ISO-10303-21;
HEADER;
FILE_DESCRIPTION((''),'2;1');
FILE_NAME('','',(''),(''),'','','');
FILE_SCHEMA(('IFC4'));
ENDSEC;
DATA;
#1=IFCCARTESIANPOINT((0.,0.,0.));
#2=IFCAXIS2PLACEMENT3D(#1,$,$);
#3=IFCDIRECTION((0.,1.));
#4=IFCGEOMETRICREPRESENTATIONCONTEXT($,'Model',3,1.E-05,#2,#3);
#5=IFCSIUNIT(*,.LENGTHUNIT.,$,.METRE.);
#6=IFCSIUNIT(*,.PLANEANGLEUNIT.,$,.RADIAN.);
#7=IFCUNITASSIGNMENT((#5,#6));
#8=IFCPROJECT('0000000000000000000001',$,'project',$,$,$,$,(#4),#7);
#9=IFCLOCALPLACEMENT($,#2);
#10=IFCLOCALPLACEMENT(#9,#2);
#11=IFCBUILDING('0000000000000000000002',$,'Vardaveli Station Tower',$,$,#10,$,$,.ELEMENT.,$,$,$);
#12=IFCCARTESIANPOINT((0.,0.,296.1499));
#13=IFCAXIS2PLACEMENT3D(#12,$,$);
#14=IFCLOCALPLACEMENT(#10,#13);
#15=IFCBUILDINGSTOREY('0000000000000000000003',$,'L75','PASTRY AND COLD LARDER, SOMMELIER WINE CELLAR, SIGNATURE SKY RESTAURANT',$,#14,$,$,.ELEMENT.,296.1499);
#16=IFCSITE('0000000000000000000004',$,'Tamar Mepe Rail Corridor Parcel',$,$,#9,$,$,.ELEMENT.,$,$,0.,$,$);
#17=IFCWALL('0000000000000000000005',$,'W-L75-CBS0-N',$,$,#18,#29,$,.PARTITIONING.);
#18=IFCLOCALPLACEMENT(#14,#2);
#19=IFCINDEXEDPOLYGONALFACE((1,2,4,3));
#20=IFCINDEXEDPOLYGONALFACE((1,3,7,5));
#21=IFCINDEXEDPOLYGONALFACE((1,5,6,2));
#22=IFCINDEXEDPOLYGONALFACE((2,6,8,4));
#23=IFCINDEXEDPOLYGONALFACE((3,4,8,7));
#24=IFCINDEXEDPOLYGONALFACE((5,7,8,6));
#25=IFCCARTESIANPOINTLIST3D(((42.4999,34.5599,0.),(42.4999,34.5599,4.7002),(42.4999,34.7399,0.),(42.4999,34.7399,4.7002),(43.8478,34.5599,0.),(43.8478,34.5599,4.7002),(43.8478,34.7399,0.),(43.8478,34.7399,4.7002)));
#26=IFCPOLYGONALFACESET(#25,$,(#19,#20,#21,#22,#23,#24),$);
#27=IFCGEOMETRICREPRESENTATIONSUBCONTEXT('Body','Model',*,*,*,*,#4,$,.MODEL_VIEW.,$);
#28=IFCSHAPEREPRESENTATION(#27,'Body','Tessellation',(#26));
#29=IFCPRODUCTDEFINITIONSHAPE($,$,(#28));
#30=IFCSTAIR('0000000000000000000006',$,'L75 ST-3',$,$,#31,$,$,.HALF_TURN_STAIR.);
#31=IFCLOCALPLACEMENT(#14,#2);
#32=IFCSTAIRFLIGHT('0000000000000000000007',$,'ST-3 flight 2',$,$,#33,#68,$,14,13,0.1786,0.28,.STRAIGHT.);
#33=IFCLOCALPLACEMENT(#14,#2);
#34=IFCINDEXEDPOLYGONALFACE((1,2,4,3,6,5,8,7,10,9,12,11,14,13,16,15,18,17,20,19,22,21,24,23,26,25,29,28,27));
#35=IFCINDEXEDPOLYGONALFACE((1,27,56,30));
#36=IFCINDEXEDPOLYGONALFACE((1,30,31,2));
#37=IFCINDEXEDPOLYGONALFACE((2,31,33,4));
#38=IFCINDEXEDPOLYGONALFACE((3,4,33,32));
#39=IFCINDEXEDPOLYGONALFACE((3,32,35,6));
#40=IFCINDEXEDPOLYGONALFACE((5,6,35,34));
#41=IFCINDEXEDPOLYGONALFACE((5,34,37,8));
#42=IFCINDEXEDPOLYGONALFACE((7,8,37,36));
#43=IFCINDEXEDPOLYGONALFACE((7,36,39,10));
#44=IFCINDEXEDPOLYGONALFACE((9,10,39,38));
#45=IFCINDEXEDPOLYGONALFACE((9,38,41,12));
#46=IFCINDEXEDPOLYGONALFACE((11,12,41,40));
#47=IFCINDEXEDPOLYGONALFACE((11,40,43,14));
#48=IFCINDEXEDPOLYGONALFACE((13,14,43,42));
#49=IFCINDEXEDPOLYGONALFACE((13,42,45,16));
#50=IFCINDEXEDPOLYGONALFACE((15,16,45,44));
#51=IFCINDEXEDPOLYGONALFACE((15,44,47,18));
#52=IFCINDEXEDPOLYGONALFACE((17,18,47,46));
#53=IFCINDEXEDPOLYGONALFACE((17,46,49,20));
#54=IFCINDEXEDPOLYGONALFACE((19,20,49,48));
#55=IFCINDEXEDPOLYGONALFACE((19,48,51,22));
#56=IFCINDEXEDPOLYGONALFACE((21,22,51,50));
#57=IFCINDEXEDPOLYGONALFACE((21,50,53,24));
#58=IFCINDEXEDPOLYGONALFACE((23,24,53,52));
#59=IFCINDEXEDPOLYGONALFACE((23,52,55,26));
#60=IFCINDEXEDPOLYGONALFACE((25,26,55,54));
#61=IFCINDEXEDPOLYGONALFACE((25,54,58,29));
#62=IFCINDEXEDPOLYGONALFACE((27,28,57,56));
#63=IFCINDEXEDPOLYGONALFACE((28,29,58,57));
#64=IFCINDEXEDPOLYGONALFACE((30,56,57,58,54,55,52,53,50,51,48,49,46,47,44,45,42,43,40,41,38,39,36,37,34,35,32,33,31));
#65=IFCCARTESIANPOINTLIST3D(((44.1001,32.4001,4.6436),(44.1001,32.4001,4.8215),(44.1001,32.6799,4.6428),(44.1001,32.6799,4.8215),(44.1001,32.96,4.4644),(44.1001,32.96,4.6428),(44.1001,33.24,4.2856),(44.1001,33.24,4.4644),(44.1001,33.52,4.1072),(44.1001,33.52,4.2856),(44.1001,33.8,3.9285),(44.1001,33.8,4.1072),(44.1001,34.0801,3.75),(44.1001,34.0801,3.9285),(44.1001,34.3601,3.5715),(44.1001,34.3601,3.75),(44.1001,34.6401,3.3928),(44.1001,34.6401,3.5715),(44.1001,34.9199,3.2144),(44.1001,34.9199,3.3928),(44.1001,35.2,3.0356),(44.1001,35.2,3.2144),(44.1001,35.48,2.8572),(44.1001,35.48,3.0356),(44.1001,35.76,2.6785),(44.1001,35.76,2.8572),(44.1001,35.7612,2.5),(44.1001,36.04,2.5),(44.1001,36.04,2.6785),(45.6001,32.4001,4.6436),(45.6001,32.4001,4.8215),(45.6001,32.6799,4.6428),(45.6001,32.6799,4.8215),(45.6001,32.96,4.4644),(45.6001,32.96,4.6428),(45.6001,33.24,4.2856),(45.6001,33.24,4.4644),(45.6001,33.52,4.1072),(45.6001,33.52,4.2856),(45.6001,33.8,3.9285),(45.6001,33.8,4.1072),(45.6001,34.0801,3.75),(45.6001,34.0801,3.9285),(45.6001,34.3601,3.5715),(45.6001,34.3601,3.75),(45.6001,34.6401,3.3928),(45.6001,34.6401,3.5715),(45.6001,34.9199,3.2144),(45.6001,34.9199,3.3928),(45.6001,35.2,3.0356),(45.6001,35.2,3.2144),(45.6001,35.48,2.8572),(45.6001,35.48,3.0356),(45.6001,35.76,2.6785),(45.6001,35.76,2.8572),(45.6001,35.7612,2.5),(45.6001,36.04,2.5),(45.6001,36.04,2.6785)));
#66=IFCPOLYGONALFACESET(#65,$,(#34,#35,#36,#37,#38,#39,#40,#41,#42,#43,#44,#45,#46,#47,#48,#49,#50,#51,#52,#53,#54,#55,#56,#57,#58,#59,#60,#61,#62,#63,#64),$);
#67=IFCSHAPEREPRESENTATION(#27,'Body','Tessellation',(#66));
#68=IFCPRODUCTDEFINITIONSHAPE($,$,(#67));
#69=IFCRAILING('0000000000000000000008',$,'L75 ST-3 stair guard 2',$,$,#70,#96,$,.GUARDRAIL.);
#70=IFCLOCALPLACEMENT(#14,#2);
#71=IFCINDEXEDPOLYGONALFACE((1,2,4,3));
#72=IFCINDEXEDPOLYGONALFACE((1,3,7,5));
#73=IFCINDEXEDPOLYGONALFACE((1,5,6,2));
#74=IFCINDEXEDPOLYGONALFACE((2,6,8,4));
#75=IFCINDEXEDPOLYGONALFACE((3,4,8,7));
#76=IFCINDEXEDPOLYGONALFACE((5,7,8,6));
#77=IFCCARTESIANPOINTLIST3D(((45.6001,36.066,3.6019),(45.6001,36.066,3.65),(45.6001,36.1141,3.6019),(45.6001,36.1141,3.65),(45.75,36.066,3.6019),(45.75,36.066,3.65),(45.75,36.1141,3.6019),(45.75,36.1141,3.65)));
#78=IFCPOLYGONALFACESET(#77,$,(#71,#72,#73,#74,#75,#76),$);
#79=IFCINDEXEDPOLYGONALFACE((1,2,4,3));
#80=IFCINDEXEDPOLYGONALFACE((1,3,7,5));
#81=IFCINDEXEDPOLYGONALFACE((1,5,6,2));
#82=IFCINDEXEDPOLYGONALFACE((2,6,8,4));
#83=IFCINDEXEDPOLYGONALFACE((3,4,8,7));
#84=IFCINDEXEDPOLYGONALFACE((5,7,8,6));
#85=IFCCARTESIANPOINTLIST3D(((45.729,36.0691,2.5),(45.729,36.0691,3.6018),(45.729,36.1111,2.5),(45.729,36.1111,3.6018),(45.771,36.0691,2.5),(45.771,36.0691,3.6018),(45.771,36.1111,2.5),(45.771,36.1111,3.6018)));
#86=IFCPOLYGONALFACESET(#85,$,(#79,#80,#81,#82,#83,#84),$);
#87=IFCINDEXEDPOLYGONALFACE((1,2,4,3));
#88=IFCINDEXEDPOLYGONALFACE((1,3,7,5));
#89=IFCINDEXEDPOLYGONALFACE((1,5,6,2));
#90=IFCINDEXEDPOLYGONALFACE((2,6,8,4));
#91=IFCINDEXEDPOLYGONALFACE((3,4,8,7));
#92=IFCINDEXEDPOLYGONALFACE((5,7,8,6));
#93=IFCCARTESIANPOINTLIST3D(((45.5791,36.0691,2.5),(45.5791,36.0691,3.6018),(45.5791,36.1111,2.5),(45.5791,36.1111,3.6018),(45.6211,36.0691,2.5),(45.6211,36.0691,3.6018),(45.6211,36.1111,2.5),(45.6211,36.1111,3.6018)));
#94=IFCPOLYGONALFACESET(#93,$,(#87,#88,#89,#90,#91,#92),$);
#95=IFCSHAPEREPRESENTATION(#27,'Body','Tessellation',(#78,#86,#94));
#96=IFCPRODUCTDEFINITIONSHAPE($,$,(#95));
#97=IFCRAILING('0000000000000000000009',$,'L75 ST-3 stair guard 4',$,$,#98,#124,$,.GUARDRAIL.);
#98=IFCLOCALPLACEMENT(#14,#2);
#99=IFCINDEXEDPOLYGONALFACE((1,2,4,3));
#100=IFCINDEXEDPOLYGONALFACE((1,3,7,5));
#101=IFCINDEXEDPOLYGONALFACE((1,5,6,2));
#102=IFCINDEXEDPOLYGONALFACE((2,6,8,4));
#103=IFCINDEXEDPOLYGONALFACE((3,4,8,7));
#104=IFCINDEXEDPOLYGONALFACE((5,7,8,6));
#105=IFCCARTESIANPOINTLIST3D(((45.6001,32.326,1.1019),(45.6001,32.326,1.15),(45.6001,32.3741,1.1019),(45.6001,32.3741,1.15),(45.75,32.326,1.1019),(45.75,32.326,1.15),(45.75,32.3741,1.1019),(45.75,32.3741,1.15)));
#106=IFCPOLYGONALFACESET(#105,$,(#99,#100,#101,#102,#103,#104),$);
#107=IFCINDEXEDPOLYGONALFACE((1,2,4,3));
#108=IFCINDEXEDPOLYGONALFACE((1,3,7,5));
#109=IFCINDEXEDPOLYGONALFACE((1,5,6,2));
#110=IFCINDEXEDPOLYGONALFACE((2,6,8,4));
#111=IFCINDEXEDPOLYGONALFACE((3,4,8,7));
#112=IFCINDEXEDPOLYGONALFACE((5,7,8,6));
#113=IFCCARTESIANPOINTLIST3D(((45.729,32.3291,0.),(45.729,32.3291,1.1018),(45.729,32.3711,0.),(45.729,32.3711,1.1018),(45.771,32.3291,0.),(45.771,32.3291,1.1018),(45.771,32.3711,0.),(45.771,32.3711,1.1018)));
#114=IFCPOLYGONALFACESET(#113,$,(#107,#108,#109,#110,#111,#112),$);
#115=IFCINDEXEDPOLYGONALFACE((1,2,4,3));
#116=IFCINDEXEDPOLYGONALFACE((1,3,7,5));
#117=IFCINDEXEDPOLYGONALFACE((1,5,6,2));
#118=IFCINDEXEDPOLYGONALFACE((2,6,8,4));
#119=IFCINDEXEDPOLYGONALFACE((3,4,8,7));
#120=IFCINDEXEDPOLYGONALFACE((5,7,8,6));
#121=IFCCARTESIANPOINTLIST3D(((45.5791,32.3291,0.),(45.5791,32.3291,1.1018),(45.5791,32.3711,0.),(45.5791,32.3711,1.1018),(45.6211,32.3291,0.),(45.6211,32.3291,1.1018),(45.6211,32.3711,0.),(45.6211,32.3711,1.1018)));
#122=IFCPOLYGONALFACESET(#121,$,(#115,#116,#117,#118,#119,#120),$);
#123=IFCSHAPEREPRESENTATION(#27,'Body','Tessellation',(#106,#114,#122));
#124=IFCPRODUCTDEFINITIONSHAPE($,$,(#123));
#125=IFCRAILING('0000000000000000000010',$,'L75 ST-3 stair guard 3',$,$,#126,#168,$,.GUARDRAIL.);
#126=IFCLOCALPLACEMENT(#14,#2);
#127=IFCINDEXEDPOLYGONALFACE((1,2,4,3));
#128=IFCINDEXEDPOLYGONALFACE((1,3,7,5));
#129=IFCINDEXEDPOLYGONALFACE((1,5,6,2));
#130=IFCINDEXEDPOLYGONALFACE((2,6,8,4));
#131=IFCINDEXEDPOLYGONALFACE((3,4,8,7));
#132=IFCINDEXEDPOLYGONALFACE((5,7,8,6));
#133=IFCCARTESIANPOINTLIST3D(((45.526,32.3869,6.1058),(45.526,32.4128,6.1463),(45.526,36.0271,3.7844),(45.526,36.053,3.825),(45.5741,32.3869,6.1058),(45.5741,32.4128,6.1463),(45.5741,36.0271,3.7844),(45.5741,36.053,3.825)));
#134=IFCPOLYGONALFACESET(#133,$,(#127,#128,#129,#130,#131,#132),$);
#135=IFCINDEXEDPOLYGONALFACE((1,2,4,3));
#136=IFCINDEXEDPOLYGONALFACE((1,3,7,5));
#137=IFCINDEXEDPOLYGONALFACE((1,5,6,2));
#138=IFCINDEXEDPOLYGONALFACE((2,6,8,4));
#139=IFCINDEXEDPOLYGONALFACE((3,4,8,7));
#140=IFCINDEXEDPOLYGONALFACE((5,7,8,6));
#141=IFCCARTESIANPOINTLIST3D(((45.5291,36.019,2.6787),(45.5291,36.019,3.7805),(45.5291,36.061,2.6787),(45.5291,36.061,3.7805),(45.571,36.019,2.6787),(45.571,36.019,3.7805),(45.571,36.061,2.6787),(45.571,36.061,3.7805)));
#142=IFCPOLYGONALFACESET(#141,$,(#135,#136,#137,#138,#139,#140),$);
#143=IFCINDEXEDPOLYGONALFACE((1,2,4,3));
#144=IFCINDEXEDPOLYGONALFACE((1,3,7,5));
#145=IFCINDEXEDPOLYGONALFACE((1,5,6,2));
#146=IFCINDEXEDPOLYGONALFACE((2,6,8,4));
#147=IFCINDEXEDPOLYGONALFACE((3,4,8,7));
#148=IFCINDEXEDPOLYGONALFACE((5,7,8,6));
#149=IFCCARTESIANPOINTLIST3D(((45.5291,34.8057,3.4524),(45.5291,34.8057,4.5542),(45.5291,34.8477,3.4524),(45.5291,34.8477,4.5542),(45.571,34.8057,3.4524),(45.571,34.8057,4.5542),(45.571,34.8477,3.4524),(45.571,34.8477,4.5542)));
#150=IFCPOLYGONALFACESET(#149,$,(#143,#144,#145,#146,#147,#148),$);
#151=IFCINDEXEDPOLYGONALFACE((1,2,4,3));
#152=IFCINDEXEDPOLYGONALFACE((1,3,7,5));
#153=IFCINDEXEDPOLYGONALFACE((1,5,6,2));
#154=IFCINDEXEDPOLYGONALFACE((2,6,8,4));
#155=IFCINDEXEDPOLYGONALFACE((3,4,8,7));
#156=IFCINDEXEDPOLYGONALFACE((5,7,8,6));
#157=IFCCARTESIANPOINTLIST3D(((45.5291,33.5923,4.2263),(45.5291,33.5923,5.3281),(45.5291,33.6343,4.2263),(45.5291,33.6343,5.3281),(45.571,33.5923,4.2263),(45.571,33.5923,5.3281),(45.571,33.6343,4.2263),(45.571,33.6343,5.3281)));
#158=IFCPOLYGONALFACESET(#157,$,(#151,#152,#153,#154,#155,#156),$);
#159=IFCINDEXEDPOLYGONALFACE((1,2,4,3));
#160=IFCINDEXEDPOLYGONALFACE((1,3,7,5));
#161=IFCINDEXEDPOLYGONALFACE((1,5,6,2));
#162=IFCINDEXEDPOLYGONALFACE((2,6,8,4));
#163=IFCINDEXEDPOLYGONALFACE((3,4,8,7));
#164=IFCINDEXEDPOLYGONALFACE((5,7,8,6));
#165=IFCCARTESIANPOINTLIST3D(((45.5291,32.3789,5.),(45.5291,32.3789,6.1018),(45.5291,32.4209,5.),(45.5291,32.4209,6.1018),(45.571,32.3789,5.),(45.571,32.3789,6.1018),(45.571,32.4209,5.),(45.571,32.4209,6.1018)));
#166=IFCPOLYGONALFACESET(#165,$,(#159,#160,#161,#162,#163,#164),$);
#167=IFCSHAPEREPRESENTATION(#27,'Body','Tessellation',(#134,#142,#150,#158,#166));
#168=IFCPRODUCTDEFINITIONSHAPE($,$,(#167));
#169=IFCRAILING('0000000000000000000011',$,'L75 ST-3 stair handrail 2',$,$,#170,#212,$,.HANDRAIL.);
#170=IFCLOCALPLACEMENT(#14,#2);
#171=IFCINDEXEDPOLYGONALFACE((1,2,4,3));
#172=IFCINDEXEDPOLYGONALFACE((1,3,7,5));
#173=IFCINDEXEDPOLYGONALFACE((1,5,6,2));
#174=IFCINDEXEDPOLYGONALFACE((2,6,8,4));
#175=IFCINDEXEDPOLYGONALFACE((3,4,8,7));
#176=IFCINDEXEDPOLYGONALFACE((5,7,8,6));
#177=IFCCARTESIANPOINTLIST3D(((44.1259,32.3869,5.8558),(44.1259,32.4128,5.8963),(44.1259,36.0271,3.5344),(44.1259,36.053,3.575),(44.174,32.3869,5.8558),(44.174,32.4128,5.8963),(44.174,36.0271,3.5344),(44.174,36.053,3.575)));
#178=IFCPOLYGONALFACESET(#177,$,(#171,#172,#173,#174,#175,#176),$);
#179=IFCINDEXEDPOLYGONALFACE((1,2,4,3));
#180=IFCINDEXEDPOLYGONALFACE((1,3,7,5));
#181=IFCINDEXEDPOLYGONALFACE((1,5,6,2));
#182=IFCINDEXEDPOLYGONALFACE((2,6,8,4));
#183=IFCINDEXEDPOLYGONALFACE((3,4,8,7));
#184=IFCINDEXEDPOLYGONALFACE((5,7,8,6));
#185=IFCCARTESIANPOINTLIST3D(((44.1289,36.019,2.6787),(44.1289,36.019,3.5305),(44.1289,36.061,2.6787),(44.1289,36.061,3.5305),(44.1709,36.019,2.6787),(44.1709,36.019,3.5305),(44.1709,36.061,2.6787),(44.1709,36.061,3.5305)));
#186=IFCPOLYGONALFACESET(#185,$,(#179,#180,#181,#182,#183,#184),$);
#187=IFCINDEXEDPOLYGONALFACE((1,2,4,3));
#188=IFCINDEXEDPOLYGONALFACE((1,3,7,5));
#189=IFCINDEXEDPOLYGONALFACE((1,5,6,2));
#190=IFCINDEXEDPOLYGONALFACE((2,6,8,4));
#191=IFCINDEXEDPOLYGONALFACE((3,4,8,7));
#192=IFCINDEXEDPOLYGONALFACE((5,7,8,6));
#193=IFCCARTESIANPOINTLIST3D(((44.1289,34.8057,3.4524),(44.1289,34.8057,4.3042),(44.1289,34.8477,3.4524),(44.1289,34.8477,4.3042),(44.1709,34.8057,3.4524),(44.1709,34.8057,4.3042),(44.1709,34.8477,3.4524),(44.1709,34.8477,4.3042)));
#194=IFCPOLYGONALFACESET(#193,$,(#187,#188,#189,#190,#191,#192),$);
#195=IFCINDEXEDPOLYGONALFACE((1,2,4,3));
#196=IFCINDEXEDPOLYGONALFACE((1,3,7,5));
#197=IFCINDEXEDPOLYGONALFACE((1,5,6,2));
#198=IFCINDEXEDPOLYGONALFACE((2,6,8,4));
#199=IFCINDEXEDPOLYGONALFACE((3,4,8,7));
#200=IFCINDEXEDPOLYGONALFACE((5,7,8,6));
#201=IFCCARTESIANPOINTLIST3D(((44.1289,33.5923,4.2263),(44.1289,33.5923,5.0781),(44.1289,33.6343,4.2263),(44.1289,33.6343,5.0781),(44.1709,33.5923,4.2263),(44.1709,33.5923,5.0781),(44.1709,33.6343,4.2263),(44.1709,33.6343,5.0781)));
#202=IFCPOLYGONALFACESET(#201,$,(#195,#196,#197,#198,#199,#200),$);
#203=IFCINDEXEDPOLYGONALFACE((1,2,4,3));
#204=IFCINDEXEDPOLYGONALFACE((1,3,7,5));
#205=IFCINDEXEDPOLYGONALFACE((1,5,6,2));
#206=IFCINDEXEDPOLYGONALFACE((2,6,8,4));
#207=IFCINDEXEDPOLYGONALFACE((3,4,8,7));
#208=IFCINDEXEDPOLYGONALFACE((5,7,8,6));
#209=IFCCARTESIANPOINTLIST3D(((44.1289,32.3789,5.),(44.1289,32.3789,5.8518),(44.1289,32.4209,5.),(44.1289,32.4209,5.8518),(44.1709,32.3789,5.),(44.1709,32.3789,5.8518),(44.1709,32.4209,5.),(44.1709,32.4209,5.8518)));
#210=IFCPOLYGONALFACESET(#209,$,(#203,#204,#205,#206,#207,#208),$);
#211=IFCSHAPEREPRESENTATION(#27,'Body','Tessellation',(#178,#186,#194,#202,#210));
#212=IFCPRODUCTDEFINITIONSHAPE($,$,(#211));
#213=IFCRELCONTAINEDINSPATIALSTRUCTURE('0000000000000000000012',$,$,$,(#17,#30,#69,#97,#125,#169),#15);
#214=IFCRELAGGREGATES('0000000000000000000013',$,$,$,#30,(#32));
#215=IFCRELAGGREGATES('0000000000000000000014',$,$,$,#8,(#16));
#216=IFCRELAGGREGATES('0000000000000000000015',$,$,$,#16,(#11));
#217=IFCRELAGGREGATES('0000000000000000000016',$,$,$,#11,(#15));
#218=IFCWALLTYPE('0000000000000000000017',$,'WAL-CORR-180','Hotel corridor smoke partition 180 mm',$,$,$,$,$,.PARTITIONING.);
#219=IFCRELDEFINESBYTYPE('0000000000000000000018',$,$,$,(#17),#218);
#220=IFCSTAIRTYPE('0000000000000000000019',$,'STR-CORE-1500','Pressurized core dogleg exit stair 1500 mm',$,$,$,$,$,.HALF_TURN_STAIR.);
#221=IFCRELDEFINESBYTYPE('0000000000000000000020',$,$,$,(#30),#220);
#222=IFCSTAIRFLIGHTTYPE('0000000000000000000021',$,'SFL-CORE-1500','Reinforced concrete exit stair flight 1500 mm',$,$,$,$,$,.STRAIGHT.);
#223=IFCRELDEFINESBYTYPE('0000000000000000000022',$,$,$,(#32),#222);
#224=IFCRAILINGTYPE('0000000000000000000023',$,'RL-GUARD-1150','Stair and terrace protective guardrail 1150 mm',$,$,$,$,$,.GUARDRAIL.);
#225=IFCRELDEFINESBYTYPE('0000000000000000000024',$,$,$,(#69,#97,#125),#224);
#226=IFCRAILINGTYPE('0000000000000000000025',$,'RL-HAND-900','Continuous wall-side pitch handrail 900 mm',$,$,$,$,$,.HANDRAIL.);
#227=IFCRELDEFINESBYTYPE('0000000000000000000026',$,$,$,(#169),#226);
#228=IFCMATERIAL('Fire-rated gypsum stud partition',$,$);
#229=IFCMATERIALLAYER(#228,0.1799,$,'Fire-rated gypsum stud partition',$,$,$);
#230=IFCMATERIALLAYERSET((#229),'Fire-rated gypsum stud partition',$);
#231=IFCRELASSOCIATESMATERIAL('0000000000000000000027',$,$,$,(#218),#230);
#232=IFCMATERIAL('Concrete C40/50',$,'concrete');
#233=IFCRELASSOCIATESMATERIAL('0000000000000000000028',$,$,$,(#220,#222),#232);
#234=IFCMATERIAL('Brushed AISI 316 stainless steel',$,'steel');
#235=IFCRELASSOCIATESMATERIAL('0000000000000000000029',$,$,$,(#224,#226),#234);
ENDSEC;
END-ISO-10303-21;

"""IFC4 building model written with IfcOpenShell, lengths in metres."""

from ifc_helpers import new_model, si_unit, direction, frame, frame_2d, origin, origin_2d, place, context, subcontext, project, spatial, polyline, rectangle, outline, extrude, source, transform, mapped, material, layer, layer_set, type_object, element, aggregate, save


model = new_model("IFC4")

# Units and contexts
model_context = context("Model", 3, precision=1e-05, world=origin(), true_north=direction((0.0, 1.0)))
body_context = subcontext(model_context, "Body", "Model", "MODEL_VIEW")
ifc_project = project(units=[si_unit("LENGTHUNIT", "METRE"), si_unit("PLANEANGLEUNIT", "RADIAN")], contexts=[model_context])

# Site, building, storey
site_placement = place(None, origin())
site = spatial("IfcSite", under=ifc_project, at=site_placement, Name="Tamar Mepe Rail Corridor Parcel", CompositionType="ELEMENT", RefElevation=0.0)
building_placement = place(site_placement, origin())
building = spatial("IfcBuilding", under=site, at=building_placement, Name="Vardaveli Station Tower", CompositionType="ELEMENT")
storey_placement = place(building_placement, frame((0.0, 0.0, 296.1499)))
storey = spatial("IfcBuildingStorey", under=building, at=storey_placement, Name="L75", Description="PASTRY AND COLD LARDER, SOMMELIER WINE CELLAR, SIGNATURE SKY RESTAURANT", CompositionType="ELEMENT", Elevation=296.1499)

# Shared definitions
ifc_material_1 = material(Name="Concrete C40/50", Category="concrete")

# Shared definitions
ifc_material_2 = material(Name="Fire-rated gypsum stud partition")
ifc_layer_1 = layer(ifc_material_2, 0.1799, Name="Fire-rated gypsum stud partition")
ifc_layer_set_1 = layer_set([ifc_layer_1], Name="Fire-rated gypsum stud partition")
wall_type_1 = type_object("IfcWallType", Name="WAL-CORR-180", Description="Hotel corridor smoke partition 180 mm", PredefinedType="PARTITIONING", material=ifc_layer_set_1)

# Wall
shared_shape_1 = source(origin(), body_context, "Body", "SweptSolid", [
    extrude(rectangle(XDim=1.3479, YDim=0.1799, at=frame_2d((0.6738, 0.0))), origin(), (0.0, 0.0, 1.0), 4.7002),
])
wall_1_placement = place(storey_placement, frame((42.5, 34.6499, 0.0), z_axis=(0.0, 0.0, 1.0), x_axis=(1.0, 0.0, 0.0)))
element("IfcWall", 1, at=wall_1_placement, inside=storey, type_object=wall_type_1, Name="W-L75-CBS0-N", PredefinedType="PARTITIONING", context=body_context, shape_type="MappedRepresentation", body=[
    mapped(shared_shape_1, transform((0.0, 0.0, 0.0), scale=1.0)),
])

# Stair, stair flight
stair_type = type_object("IfcStairType", Name="STR-CORE-1500", Description="Pressurized core dogleg exit stair 1500 mm", PredefinedType="HALF_TURN_STAIR", material=ifc_material_1)
stair_placement = place(storey_placement, origin())
stair = element("IfcStair", 2, at=stair_placement, inside=storey, type_object=stair_type, Name="L75 ST-3", PredefinedType="HALF_TURN_STAIR")
stair_flight_type = type_object("IfcStairFlightType", Name="SFL-CORE-1500", Description="Reinforced concrete exit stair flight 1500 mm", PredefinedType="STRAIGHT", material=ifc_material_1)
shared_shape_2 = source(origin(), body_context, "Body", "SweptSolid", [
    extrude(outline(polyline([(0.0, 0.0), (0.0, 0.1785), (0.28, 0.1785), (0.28, 0.3572), (0.5601, 0.3572), (0.5601, 0.5356), (0.8401, 0.5356), (0.8401, 0.7144), (1.1201, 0.7144), (1.1201, 0.8928), (1.3999, 0.8928), (1.3999, 1.0715), (1.6799, 1.0715), (1.6799, 1.25), (1.96, 1.25), (1.96, 1.4285), (2.24, 1.4285), (2.24, 1.6072), (2.52, 1.6072), (2.52, 1.7856), (2.8, 1.7856), (2.8, 1.9644), (3.0801, 1.9644), (3.0801, 2.1428), (3.3601, 2.1428), (3.3601, 2.3215), (3.6399, 2.3215), (3.6399, 2.5), (3.6399, 2.1436), (0.2788, 0.0), (0.0, 0.0)])), frame((0.0, 0.75, 0.0), z_axis=(0.0, -1.0, 0.0), x_axis=(1.0, 0.0, 0.0)), (0.0, 0.0, 1.0), 1.5),
])
stair_flight_placement = place(storey_placement, frame((44.8501, 36.04, 2.5), z_axis=(0.0, 0.0, 1.0), x_axis=(0.0, -1.0, 0.0)))
stair_flight = element("IfcStairFlight", 3, at=stair_flight_placement, type_object=stair_flight_type, Name="ST-3 flight 2", NumberOfRisers=14, NumberOfTreads=13, PredefinedType="STRAIGHT", RiserHeight=0.1786, TreadLength=0.28, context=body_context, shape_type="MappedRepresentation", body=[
    mapped(shared_shape_2, transform((0.0, 0.0, 0.0), scale=1.0)),
])
aggregate(stair, [stair_flight])

# Railings
ifc_material_3 = material(Name="Brushed AISI 316 stainless steel", Category="steel")
railing_type_1 = type_object("IfcRailingType", Name="RL-GUARD-1150", Description="Stair and terrace protective guardrail 1150 mm", PredefinedType="GUARDRAIL", material=ifc_material_3)
shared_shape_3 = source(origin(), body_context, "Body", "SweptSolid", [
    extrude(rectangle(XDim=0.0481, YDim=0.0481, at=origin_2d()), frame((0.0, 0.0, 1.126), z_axis=(-1.0, 0.0, 0.0), x_axis=(0.0, -1.0, 0.0)), (0.0, 0.0, 1.0), 0.1499),
    extrude(rectangle(XDim=0.042, YDim=0.042, at=origin_2d()), origin(), (0.0, 0.0, 1.0), 1.1018),
    extrude(rectangle(XDim=0.042, YDim=0.042, at=origin_2d()), frame((-0.1499, 0.0, 0.0)), (0.0, 0.0, 1.0), 1.1018),
])
for number, where, name in (
    (4, (45.75, 36.0901, 2.5), "L75 ST-3 stair guard 2"),
    (5, (45.75, 32.3501, 0.0), "L75 ST-3 stair guard 4"),
):
    element("IfcRailing", number, at=place(storey_placement, frame(where)), inside=storey, type_object=railing_type_1, Name=name, PredefinedType="GUARDRAIL", context=body_context, shape_type="MappedRepresentation", body=[
        mapped(shared_shape_3, transform((0.0, 0.0, 0.0), scale=1.0)),
    ])
shared_shape_4 = source(origin(), body_context, "Body", "SweptSolid", [
    extrude(rectangle(XDim=0.0481, YDim=0.0481, at=origin_2d()), frame((0.0, 0.0, 1.126), z_axis=(0.0, -0.843153, 0.537673), x_axis=(1.0, 0.0, 0.0)), (0.0, 0.0, 1.0), 4.3174),
    extrude(rectangle(XDim=0.042, YDim=0.042, at=origin_2d()), origin(), (0.0, 0.0, 1.0), 1.1018),
    extrude(rectangle(XDim=0.042, YDim=0.042, at=origin_2d()), frame((0.0, -1.2134, 0.7737)), (0.0, 0.0, 1.0), 1.1018),
    extrude(rectangle(XDim=0.042, YDim=0.042, at=origin_2d()), frame((0.0, -2.4268, 1.5476)), (0.0, 0.0, 1.0), 1.1018),
    extrude(rectangle(XDim=0.042, YDim=0.042, at=origin_2d()), frame((0.0, -3.6401, 2.3213)), (0.0, 0.0, 1.0), 1.1018),
])
railing_1_placement = place(storey_placement, frame((45.55, 36.04, 2.6787)))
element("IfcRailing", 6, at=railing_1_placement, inside=storey, type_object=railing_type_1, Name="L75 ST-3 stair guard 3", PredefinedType="GUARDRAIL", context=body_context, shape_type="MappedRepresentation", body=[
    mapped(shared_shape_4, transform((0.0, 0.0, 0.0), scale=1.0)),
])
railing_type_2 = type_object("IfcRailingType", Name="RL-HAND-900", Description="Continuous wall-side pitch handrail 900 mm", PredefinedType="HANDRAIL", material=ifc_material_3)
shared_shape_5 = source(origin(), body_context, "Body", "SweptSolid", [
    extrude(rectangle(XDim=0.0481, YDim=0.0481, at=origin_2d()), frame((0.0, 0.0, 0.876), z_axis=(0.0, -0.843153, 0.537673), x_axis=(1.0, 0.0, 0.0)), (0.0, 0.0, 1.0), 4.3174),
    extrude(rectangle(XDim=0.042, YDim=0.042, at=origin_2d()), origin(), (0.0, 0.0, 1.0), 0.8518),
    extrude(rectangle(XDim=0.042, YDim=0.042, at=origin_2d()), frame((0.0, -1.2134, 0.7737)), (0.0, 0.0, 1.0), 0.8518),
    extrude(rectangle(XDim=0.042, YDim=0.042, at=origin_2d()), frame((0.0, -2.4268, 1.5476)), (0.0, 0.0, 1.0), 0.8518),
    extrude(rectangle(XDim=0.042, YDim=0.042, at=origin_2d()), frame((0.0, -3.6401, 2.3213)), (0.0, 0.0, 1.0), 0.8518),
])
railing_2_placement = place(storey_placement, frame((44.1499, 36.04, 2.6787)))
element("IfcRailing", 7, at=railing_2_placement, inside=storey, type_object=railing_type_2, Name="L75 ST-3 stair handrail 2", PredefinedType="HANDRAIL", context=body_context, shape_type="MappedRepresentation", body=[
    mapped(shared_shape_5, transform((0.0, 0.0, 0.0), scale=1.0)),
])

save(model, "model.ifc")
